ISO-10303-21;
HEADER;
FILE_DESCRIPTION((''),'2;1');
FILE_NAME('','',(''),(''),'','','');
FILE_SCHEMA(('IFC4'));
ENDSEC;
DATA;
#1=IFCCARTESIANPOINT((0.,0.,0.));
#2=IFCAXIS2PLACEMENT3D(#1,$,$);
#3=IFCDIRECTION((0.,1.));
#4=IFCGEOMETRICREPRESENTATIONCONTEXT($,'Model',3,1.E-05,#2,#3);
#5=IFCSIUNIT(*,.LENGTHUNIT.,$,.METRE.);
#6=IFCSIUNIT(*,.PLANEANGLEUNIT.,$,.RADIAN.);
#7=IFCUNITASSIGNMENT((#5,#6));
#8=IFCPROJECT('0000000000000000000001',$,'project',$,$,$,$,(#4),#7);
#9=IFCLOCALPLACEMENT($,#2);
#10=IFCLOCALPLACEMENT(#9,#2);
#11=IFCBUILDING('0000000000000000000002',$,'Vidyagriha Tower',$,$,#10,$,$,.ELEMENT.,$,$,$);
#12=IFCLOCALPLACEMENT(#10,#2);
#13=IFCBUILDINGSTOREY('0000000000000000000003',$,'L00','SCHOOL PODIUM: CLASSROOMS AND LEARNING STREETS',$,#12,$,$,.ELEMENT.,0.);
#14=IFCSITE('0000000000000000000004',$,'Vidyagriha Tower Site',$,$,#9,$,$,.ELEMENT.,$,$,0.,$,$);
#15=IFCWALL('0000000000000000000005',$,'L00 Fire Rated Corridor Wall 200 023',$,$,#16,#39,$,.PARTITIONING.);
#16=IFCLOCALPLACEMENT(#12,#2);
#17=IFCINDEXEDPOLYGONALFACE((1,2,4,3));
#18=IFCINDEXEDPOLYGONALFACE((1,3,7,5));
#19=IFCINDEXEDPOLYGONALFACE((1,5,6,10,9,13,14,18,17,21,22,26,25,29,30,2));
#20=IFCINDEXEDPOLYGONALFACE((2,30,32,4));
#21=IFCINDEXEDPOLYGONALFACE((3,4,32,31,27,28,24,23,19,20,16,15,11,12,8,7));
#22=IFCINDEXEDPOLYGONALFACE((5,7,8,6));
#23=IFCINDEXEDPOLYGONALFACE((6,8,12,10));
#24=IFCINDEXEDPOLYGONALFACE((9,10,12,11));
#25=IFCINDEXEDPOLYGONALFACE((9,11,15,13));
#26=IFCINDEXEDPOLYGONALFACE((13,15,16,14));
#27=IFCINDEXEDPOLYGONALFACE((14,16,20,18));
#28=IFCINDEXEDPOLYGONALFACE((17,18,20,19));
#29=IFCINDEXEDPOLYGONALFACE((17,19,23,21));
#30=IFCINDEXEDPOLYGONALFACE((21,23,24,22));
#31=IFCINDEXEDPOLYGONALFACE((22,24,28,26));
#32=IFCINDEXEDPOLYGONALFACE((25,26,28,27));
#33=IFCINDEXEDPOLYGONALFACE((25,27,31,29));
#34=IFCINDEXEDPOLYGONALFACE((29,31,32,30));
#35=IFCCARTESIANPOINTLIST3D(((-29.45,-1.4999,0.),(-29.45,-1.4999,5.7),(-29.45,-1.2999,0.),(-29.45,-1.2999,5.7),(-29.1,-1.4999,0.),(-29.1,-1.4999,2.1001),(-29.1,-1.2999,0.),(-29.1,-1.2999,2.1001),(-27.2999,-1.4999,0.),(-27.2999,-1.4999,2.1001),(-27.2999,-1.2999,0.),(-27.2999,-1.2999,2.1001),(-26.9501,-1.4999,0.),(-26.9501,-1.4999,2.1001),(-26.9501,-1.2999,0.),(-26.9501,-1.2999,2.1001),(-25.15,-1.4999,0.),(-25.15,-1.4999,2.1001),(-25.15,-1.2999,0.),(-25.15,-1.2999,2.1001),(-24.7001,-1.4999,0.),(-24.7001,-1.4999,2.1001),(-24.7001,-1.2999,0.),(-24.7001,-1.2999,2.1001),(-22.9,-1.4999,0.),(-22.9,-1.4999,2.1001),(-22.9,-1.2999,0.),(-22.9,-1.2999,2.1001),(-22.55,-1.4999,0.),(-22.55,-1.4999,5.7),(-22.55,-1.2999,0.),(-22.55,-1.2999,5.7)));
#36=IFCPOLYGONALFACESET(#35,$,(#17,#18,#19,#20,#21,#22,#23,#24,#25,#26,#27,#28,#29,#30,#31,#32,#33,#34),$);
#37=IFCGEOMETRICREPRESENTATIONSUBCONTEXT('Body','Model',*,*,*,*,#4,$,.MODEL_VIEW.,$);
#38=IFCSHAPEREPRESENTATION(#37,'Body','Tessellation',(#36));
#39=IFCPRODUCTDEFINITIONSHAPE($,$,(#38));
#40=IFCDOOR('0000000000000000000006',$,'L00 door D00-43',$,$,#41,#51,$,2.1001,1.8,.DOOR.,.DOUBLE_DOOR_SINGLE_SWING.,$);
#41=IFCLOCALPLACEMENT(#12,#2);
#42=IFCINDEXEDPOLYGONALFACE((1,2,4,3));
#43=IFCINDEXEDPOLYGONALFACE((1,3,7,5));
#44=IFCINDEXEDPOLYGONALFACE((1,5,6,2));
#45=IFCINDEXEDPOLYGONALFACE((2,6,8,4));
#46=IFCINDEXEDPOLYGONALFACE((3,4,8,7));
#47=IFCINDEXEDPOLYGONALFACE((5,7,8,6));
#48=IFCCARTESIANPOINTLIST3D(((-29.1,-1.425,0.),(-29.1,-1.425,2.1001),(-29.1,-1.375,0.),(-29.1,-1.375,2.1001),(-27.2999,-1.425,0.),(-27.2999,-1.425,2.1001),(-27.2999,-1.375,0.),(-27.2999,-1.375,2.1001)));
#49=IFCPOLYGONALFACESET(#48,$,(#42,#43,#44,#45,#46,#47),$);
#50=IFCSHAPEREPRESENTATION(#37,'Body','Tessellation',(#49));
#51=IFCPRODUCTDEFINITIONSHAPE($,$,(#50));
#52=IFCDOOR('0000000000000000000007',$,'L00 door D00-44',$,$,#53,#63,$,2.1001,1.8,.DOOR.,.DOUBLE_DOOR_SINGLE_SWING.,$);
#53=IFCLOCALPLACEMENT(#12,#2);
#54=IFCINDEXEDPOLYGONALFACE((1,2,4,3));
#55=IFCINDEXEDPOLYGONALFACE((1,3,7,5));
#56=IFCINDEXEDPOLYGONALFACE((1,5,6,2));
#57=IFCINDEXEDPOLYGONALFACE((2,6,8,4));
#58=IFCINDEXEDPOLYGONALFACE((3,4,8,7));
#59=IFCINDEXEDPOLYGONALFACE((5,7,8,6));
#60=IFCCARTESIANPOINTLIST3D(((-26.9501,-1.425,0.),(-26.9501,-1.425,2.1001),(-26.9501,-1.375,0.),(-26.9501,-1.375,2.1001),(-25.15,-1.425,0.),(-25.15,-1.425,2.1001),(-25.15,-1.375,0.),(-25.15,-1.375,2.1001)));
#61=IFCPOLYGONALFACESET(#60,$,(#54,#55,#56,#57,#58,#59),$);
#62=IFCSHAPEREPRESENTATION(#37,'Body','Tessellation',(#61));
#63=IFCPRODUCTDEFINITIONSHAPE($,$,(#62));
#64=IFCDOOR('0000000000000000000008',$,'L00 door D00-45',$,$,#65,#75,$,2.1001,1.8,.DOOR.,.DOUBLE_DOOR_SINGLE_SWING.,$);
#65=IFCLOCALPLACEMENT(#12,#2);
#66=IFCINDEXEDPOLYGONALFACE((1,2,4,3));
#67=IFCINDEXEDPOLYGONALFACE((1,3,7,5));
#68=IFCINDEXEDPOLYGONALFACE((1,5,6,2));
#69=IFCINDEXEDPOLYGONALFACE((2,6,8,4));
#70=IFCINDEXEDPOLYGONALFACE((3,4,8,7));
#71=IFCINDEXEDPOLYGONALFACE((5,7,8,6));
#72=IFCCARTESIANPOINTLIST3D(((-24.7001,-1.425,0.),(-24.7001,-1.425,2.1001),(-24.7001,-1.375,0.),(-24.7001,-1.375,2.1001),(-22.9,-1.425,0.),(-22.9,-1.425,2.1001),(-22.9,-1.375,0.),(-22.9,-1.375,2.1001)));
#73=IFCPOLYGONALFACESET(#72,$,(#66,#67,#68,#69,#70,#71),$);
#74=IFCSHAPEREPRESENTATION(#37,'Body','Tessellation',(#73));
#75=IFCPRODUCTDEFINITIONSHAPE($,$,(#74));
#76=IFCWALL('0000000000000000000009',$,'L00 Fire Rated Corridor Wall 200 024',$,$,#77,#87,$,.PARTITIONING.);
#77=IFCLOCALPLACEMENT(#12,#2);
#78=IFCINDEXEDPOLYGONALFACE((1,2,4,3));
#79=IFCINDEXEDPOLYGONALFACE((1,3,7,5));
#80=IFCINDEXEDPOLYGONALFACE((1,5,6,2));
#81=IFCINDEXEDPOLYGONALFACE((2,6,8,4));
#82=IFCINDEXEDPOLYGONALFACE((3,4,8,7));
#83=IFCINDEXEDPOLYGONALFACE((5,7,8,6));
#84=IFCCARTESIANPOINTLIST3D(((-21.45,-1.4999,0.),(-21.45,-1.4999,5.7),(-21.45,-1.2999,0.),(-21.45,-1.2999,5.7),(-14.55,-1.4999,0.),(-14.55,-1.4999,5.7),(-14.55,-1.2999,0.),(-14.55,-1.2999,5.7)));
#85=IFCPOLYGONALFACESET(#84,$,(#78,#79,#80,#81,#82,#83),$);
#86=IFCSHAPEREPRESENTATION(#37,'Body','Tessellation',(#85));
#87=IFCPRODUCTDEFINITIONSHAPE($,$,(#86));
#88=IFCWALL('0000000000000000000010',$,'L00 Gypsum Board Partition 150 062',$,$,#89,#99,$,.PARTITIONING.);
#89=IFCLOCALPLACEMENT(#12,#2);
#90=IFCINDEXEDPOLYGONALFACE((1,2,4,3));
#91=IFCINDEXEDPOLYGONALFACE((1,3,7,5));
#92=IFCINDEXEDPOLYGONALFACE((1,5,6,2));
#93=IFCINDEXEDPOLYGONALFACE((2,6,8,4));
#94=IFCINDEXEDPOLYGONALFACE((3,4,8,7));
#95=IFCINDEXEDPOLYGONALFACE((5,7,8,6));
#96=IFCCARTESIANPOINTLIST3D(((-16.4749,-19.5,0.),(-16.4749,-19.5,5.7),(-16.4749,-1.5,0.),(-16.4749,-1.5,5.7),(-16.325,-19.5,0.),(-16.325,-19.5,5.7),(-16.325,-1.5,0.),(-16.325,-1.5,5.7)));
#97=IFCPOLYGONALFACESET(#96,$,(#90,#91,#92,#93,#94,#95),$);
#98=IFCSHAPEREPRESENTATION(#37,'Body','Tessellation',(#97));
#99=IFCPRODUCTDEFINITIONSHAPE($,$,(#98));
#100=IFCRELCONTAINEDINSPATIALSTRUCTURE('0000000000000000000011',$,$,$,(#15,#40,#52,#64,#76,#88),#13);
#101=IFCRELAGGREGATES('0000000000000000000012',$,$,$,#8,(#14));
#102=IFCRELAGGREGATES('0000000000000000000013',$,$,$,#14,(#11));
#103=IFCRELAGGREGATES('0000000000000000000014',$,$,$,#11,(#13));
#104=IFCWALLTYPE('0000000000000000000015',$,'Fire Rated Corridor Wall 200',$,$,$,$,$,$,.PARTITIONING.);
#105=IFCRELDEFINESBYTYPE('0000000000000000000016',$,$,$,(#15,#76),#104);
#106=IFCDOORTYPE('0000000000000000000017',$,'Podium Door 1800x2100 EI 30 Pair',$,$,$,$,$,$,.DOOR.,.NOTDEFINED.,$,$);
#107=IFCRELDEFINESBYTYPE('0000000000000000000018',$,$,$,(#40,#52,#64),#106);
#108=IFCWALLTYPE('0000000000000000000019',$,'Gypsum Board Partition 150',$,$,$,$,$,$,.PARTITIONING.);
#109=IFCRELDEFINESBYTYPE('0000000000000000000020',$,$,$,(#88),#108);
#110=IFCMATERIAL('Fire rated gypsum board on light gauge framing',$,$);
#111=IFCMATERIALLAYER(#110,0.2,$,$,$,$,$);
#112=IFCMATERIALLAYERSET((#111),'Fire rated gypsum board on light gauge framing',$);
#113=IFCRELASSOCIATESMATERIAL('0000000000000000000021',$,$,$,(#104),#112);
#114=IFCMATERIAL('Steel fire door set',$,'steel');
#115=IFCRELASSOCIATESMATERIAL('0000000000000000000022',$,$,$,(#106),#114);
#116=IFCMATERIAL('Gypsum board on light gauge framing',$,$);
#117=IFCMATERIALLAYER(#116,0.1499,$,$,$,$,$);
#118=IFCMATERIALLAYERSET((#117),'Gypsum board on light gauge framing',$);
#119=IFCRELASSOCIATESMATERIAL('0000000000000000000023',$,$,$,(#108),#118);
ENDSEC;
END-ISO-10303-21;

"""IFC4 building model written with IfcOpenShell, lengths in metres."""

from ifc_helpers import new_model, si_unit, direction, frame, frame_2d, origin, place, context, subcontext, project, spatial, rectangle, extrude, material, layer, layer_set, type_object, element, fill, save


model = new_model("IFC4")

# Units and contexts
model_context = context("Model", 3, precision=1e-05, world=origin(), true_north=direction((0.0, 1.0)))
body_context = subcontext(model_context, "Body", "Model", "MODEL_VIEW")
ifc_project = project(units=[si_unit("LENGTHUNIT", "METRE"), si_unit("PLANEANGLEUNIT", "RADIAN")], contexts=[model_context])

# Site, building, storey
site_placement = place(None, origin())
site = spatial("IfcSite", under=ifc_project, at=site_placement, Name="Vidyagriha Tower Site", CompositionType="ELEMENT", RefElevation=0.0)
building_placement = place(site_placement, origin())
building = spatial("IfcBuilding", under=site, at=building_placement, Name="Vidyagriha Tower", CompositionType="ELEMENT")
storey_placement = place(building_placement, origin())
storey = spatial("IfcBuildingStorey", under=building, at=storey_placement, Name="L00", Description="SCHOOL PODIUM: CLASSROOMS AND LEARNING STREETS", CompositionType="ELEMENT", Elevation=0.0)

# Wall, openings, doors
ifc_material_1 = material(Name="Fire rated gypsum board on light gauge framing")
ifc_layer_1 = layer(ifc_material_1, 0.2)
ifc_layer_set_1 = layer_set([ifc_layer_1], Name="Fire rated gypsum board on light gauge framing")
wall_type_1 = type_object("IfcWallType", Name="Fire Rated Corridor Wall 200", PredefinedType="PARTITIONING", material=ifc_layer_set_1)
wall_1_placement = place(storey_placement, frame((-29.45, -1.3999, 0.0)))
wall_1 = element("IfcWall", 1, at=wall_1_placement, inside=storey, type_object=wall_type_1, Name="L00 Fire Rated Corridor Wall 200 023", PredefinedType="PARTITIONING", context=body_context, shape_type="SweptSolid", body=[
    extrude(rectangle(XDim=6.8999, YDim=0.2, at=frame_2d((3.45, 0.0))), origin(), (0.0, 0.0, 1.0), 5.7),
])
opening_1_placement = place(wall_1_placement, frame((0.3501, 0.0, 0.0)))
opening_1 = element("IfcOpeningElement", 2, at=opening_1_placement, cuts=wall_1, PredefinedType="OPENING", context=body_context, shape_type="SweptSolid", body=[
    extrude(rectangle(XDim=1.8, YDim=2.1001, at=frame_2d((0.8999, 1.05))), frame((0.0, 0.1099, 0.0), z_axis=(0.0, -1.0, 0.0), x_axis=(1.0, 0.0, 0.0)), (0.0, 0.0, 1.0), 0.22),
])
opening_2_placement = place(wall_1_placement, frame((2.5, 0.0, 0.0)))
opening_2 = element("IfcOpeningElement", 3, at=opening_2_placement, cuts=wall_1, PredefinedType="OPENING", context=body_context, shape_type="SweptSolid", body=[
    extrude(rectangle(XDim=1.8, YDim=2.1001, at=frame_2d((0.8999, 1.05))), frame((0.0, 0.1099, 0.0), z_axis=(0.0, -1.0, 0.0), x_axis=(1.0, 0.0, 0.0)), (0.0, 0.0, 1.0), 0.22),
])
opening_3_placement = place(wall_1_placement, frame((4.75, 0.0, 0.0)))
opening_3 = element("IfcOpeningElement", 4, at=opening_3_placement, cuts=wall_1, PredefinedType="OPENING", context=body_context, shape_type="SweptSolid", body=[
    extrude(rectangle(XDim=1.8, YDim=2.1001, at=frame_2d((0.8999, 1.05))), frame((0.0, 0.1099, 0.0), z_axis=(0.0, -1.0, 0.0), x_axis=(1.0, 0.0, 0.0)), (0.0, 0.0, 1.0), 0.22),
])
ifc_material_2 = material(Name="Steel fire door set", Category="steel")
door_type = type_object("IfcDoorType", Name="Podium Door 1800x2100 EI 30 Pair", OperationType="NOTDEFINED", PredefinedType="DOOR", material=ifc_material_2)
door_1_placement = place(opening_1_placement, origin())
door_1 = element("IfcDoor", 5, at=door_1_placement, inside=storey, type_object=door_type, Name="L00 door D00-43", OperationType="DOUBLE_DOOR_SINGLE_SWING", OverallHeight=2.1001, OverallWidth=1.8, PredefinedType="DOOR", context=body_context, shape_type="SweptSolid", body=[
    extrude(rectangle(XDim=1.8, YDim=2.1001, at=frame_2d((0.8999, 1.05))), frame((0.0, 0.0249, 0.0), z_axis=(0.0, -1.0, 0.0), x_axis=(1.0, 0.0, 0.0)), (0.0, 0.0, 1.0), 0.05),
])
fill(opening_1, door_1)
door_2_placement = place(opening_2_placement, origin())
door_2 = element("IfcDoor", 6, at=door_2_placement, inside=storey, type_object=door_type, Name="L00 door D00-44", OperationType="DOUBLE_DOOR_SINGLE_SWING", OverallHeight=2.1001, OverallWidth=1.8, PredefinedType="DOOR", context=body_context, shape_type="SweptSolid", body=[
    extrude(rectangle(XDim=1.8, YDim=2.1001, at=frame_2d((0.8999, 1.05))), frame((0.0, 0.0249, 0.0), z_axis=(0.0, -1.0, 0.0), x_axis=(1.0, 0.0, 0.0)), (0.0, 0.0, 1.0), 0.05),
])
fill(opening_2, door_2)
door_3_placement = place(opening_3_placement, origin())
door_3 = element("IfcDoor", 7, at=door_3_placement, inside=storey, type_object=door_type, Name="L00 door D00-45", OperationType="DOUBLE_DOOR_SINGLE_SWING", OverallHeight=2.1001, OverallWidth=1.8, PredefinedType="DOOR", context=body_context, shape_type="SweptSolid", body=[
    extrude(rectangle(XDim=1.8, YDim=2.1001, at=frame_2d((0.8999, 1.05))), frame((0.0, 0.0249, 0.0), z_axis=(0.0, -1.0, 0.0), x_axis=(1.0, 0.0, 0.0)), (0.0, 0.0, 1.0), 0.05),
])
fill(opening_3, door_3)

# Walls
wall_2_placement = place(storey_placement, frame((-21.45, -1.3999, 0.0)))
element("IfcWall", 8, at=wall_2_placement, inside=storey, type_object=wall_type_1, Name="L00 Fire Rated Corridor Wall 200 024", PredefinedType="PARTITIONING", context=body_context, shape_type="SweptSolid", body=[
    extrude(rectangle(XDim=6.8999, YDim=0.2, at=frame_2d((3.45, 0.0))), origin(), (0.0, 0.0, 1.0), 5.7),
])
ifc_material_3 = material(Name="Gypsum board on light gauge framing")
ifc_layer_2 = layer(ifc_material_3, 0.1499)
ifc_layer_set_2 = layer_set([ifc_layer_2], Name="Gypsum board on light gauge framing")
wall_type_2 = type_object("IfcWallType", Name="Gypsum Board Partition 150", PredefinedType="PARTITIONING", material=ifc_layer_set_2)
wall_3_placement = place(storey_placement, frame((-16.3999, -19.5, 0.0), z_axis=(0.0, 0.0, 1.0), x_axis=(0.0, 1.0, 0.0)))
element("IfcWall", 9, at=wall_3_placement, inside=storey, type_object=wall_type_2, Name="L00 Gypsum Board Partition 150 062", PredefinedType="PARTITIONING", context=body_context, shape_type="SweptSolid", body=[
    extrude(rectangle(XDim=18.0, YDim=0.1499, at=frame_2d((9.0, 0.0))), origin(), (0.0, 0.0, 1.0), 5.7),
])

save(model, "model.ifc")
